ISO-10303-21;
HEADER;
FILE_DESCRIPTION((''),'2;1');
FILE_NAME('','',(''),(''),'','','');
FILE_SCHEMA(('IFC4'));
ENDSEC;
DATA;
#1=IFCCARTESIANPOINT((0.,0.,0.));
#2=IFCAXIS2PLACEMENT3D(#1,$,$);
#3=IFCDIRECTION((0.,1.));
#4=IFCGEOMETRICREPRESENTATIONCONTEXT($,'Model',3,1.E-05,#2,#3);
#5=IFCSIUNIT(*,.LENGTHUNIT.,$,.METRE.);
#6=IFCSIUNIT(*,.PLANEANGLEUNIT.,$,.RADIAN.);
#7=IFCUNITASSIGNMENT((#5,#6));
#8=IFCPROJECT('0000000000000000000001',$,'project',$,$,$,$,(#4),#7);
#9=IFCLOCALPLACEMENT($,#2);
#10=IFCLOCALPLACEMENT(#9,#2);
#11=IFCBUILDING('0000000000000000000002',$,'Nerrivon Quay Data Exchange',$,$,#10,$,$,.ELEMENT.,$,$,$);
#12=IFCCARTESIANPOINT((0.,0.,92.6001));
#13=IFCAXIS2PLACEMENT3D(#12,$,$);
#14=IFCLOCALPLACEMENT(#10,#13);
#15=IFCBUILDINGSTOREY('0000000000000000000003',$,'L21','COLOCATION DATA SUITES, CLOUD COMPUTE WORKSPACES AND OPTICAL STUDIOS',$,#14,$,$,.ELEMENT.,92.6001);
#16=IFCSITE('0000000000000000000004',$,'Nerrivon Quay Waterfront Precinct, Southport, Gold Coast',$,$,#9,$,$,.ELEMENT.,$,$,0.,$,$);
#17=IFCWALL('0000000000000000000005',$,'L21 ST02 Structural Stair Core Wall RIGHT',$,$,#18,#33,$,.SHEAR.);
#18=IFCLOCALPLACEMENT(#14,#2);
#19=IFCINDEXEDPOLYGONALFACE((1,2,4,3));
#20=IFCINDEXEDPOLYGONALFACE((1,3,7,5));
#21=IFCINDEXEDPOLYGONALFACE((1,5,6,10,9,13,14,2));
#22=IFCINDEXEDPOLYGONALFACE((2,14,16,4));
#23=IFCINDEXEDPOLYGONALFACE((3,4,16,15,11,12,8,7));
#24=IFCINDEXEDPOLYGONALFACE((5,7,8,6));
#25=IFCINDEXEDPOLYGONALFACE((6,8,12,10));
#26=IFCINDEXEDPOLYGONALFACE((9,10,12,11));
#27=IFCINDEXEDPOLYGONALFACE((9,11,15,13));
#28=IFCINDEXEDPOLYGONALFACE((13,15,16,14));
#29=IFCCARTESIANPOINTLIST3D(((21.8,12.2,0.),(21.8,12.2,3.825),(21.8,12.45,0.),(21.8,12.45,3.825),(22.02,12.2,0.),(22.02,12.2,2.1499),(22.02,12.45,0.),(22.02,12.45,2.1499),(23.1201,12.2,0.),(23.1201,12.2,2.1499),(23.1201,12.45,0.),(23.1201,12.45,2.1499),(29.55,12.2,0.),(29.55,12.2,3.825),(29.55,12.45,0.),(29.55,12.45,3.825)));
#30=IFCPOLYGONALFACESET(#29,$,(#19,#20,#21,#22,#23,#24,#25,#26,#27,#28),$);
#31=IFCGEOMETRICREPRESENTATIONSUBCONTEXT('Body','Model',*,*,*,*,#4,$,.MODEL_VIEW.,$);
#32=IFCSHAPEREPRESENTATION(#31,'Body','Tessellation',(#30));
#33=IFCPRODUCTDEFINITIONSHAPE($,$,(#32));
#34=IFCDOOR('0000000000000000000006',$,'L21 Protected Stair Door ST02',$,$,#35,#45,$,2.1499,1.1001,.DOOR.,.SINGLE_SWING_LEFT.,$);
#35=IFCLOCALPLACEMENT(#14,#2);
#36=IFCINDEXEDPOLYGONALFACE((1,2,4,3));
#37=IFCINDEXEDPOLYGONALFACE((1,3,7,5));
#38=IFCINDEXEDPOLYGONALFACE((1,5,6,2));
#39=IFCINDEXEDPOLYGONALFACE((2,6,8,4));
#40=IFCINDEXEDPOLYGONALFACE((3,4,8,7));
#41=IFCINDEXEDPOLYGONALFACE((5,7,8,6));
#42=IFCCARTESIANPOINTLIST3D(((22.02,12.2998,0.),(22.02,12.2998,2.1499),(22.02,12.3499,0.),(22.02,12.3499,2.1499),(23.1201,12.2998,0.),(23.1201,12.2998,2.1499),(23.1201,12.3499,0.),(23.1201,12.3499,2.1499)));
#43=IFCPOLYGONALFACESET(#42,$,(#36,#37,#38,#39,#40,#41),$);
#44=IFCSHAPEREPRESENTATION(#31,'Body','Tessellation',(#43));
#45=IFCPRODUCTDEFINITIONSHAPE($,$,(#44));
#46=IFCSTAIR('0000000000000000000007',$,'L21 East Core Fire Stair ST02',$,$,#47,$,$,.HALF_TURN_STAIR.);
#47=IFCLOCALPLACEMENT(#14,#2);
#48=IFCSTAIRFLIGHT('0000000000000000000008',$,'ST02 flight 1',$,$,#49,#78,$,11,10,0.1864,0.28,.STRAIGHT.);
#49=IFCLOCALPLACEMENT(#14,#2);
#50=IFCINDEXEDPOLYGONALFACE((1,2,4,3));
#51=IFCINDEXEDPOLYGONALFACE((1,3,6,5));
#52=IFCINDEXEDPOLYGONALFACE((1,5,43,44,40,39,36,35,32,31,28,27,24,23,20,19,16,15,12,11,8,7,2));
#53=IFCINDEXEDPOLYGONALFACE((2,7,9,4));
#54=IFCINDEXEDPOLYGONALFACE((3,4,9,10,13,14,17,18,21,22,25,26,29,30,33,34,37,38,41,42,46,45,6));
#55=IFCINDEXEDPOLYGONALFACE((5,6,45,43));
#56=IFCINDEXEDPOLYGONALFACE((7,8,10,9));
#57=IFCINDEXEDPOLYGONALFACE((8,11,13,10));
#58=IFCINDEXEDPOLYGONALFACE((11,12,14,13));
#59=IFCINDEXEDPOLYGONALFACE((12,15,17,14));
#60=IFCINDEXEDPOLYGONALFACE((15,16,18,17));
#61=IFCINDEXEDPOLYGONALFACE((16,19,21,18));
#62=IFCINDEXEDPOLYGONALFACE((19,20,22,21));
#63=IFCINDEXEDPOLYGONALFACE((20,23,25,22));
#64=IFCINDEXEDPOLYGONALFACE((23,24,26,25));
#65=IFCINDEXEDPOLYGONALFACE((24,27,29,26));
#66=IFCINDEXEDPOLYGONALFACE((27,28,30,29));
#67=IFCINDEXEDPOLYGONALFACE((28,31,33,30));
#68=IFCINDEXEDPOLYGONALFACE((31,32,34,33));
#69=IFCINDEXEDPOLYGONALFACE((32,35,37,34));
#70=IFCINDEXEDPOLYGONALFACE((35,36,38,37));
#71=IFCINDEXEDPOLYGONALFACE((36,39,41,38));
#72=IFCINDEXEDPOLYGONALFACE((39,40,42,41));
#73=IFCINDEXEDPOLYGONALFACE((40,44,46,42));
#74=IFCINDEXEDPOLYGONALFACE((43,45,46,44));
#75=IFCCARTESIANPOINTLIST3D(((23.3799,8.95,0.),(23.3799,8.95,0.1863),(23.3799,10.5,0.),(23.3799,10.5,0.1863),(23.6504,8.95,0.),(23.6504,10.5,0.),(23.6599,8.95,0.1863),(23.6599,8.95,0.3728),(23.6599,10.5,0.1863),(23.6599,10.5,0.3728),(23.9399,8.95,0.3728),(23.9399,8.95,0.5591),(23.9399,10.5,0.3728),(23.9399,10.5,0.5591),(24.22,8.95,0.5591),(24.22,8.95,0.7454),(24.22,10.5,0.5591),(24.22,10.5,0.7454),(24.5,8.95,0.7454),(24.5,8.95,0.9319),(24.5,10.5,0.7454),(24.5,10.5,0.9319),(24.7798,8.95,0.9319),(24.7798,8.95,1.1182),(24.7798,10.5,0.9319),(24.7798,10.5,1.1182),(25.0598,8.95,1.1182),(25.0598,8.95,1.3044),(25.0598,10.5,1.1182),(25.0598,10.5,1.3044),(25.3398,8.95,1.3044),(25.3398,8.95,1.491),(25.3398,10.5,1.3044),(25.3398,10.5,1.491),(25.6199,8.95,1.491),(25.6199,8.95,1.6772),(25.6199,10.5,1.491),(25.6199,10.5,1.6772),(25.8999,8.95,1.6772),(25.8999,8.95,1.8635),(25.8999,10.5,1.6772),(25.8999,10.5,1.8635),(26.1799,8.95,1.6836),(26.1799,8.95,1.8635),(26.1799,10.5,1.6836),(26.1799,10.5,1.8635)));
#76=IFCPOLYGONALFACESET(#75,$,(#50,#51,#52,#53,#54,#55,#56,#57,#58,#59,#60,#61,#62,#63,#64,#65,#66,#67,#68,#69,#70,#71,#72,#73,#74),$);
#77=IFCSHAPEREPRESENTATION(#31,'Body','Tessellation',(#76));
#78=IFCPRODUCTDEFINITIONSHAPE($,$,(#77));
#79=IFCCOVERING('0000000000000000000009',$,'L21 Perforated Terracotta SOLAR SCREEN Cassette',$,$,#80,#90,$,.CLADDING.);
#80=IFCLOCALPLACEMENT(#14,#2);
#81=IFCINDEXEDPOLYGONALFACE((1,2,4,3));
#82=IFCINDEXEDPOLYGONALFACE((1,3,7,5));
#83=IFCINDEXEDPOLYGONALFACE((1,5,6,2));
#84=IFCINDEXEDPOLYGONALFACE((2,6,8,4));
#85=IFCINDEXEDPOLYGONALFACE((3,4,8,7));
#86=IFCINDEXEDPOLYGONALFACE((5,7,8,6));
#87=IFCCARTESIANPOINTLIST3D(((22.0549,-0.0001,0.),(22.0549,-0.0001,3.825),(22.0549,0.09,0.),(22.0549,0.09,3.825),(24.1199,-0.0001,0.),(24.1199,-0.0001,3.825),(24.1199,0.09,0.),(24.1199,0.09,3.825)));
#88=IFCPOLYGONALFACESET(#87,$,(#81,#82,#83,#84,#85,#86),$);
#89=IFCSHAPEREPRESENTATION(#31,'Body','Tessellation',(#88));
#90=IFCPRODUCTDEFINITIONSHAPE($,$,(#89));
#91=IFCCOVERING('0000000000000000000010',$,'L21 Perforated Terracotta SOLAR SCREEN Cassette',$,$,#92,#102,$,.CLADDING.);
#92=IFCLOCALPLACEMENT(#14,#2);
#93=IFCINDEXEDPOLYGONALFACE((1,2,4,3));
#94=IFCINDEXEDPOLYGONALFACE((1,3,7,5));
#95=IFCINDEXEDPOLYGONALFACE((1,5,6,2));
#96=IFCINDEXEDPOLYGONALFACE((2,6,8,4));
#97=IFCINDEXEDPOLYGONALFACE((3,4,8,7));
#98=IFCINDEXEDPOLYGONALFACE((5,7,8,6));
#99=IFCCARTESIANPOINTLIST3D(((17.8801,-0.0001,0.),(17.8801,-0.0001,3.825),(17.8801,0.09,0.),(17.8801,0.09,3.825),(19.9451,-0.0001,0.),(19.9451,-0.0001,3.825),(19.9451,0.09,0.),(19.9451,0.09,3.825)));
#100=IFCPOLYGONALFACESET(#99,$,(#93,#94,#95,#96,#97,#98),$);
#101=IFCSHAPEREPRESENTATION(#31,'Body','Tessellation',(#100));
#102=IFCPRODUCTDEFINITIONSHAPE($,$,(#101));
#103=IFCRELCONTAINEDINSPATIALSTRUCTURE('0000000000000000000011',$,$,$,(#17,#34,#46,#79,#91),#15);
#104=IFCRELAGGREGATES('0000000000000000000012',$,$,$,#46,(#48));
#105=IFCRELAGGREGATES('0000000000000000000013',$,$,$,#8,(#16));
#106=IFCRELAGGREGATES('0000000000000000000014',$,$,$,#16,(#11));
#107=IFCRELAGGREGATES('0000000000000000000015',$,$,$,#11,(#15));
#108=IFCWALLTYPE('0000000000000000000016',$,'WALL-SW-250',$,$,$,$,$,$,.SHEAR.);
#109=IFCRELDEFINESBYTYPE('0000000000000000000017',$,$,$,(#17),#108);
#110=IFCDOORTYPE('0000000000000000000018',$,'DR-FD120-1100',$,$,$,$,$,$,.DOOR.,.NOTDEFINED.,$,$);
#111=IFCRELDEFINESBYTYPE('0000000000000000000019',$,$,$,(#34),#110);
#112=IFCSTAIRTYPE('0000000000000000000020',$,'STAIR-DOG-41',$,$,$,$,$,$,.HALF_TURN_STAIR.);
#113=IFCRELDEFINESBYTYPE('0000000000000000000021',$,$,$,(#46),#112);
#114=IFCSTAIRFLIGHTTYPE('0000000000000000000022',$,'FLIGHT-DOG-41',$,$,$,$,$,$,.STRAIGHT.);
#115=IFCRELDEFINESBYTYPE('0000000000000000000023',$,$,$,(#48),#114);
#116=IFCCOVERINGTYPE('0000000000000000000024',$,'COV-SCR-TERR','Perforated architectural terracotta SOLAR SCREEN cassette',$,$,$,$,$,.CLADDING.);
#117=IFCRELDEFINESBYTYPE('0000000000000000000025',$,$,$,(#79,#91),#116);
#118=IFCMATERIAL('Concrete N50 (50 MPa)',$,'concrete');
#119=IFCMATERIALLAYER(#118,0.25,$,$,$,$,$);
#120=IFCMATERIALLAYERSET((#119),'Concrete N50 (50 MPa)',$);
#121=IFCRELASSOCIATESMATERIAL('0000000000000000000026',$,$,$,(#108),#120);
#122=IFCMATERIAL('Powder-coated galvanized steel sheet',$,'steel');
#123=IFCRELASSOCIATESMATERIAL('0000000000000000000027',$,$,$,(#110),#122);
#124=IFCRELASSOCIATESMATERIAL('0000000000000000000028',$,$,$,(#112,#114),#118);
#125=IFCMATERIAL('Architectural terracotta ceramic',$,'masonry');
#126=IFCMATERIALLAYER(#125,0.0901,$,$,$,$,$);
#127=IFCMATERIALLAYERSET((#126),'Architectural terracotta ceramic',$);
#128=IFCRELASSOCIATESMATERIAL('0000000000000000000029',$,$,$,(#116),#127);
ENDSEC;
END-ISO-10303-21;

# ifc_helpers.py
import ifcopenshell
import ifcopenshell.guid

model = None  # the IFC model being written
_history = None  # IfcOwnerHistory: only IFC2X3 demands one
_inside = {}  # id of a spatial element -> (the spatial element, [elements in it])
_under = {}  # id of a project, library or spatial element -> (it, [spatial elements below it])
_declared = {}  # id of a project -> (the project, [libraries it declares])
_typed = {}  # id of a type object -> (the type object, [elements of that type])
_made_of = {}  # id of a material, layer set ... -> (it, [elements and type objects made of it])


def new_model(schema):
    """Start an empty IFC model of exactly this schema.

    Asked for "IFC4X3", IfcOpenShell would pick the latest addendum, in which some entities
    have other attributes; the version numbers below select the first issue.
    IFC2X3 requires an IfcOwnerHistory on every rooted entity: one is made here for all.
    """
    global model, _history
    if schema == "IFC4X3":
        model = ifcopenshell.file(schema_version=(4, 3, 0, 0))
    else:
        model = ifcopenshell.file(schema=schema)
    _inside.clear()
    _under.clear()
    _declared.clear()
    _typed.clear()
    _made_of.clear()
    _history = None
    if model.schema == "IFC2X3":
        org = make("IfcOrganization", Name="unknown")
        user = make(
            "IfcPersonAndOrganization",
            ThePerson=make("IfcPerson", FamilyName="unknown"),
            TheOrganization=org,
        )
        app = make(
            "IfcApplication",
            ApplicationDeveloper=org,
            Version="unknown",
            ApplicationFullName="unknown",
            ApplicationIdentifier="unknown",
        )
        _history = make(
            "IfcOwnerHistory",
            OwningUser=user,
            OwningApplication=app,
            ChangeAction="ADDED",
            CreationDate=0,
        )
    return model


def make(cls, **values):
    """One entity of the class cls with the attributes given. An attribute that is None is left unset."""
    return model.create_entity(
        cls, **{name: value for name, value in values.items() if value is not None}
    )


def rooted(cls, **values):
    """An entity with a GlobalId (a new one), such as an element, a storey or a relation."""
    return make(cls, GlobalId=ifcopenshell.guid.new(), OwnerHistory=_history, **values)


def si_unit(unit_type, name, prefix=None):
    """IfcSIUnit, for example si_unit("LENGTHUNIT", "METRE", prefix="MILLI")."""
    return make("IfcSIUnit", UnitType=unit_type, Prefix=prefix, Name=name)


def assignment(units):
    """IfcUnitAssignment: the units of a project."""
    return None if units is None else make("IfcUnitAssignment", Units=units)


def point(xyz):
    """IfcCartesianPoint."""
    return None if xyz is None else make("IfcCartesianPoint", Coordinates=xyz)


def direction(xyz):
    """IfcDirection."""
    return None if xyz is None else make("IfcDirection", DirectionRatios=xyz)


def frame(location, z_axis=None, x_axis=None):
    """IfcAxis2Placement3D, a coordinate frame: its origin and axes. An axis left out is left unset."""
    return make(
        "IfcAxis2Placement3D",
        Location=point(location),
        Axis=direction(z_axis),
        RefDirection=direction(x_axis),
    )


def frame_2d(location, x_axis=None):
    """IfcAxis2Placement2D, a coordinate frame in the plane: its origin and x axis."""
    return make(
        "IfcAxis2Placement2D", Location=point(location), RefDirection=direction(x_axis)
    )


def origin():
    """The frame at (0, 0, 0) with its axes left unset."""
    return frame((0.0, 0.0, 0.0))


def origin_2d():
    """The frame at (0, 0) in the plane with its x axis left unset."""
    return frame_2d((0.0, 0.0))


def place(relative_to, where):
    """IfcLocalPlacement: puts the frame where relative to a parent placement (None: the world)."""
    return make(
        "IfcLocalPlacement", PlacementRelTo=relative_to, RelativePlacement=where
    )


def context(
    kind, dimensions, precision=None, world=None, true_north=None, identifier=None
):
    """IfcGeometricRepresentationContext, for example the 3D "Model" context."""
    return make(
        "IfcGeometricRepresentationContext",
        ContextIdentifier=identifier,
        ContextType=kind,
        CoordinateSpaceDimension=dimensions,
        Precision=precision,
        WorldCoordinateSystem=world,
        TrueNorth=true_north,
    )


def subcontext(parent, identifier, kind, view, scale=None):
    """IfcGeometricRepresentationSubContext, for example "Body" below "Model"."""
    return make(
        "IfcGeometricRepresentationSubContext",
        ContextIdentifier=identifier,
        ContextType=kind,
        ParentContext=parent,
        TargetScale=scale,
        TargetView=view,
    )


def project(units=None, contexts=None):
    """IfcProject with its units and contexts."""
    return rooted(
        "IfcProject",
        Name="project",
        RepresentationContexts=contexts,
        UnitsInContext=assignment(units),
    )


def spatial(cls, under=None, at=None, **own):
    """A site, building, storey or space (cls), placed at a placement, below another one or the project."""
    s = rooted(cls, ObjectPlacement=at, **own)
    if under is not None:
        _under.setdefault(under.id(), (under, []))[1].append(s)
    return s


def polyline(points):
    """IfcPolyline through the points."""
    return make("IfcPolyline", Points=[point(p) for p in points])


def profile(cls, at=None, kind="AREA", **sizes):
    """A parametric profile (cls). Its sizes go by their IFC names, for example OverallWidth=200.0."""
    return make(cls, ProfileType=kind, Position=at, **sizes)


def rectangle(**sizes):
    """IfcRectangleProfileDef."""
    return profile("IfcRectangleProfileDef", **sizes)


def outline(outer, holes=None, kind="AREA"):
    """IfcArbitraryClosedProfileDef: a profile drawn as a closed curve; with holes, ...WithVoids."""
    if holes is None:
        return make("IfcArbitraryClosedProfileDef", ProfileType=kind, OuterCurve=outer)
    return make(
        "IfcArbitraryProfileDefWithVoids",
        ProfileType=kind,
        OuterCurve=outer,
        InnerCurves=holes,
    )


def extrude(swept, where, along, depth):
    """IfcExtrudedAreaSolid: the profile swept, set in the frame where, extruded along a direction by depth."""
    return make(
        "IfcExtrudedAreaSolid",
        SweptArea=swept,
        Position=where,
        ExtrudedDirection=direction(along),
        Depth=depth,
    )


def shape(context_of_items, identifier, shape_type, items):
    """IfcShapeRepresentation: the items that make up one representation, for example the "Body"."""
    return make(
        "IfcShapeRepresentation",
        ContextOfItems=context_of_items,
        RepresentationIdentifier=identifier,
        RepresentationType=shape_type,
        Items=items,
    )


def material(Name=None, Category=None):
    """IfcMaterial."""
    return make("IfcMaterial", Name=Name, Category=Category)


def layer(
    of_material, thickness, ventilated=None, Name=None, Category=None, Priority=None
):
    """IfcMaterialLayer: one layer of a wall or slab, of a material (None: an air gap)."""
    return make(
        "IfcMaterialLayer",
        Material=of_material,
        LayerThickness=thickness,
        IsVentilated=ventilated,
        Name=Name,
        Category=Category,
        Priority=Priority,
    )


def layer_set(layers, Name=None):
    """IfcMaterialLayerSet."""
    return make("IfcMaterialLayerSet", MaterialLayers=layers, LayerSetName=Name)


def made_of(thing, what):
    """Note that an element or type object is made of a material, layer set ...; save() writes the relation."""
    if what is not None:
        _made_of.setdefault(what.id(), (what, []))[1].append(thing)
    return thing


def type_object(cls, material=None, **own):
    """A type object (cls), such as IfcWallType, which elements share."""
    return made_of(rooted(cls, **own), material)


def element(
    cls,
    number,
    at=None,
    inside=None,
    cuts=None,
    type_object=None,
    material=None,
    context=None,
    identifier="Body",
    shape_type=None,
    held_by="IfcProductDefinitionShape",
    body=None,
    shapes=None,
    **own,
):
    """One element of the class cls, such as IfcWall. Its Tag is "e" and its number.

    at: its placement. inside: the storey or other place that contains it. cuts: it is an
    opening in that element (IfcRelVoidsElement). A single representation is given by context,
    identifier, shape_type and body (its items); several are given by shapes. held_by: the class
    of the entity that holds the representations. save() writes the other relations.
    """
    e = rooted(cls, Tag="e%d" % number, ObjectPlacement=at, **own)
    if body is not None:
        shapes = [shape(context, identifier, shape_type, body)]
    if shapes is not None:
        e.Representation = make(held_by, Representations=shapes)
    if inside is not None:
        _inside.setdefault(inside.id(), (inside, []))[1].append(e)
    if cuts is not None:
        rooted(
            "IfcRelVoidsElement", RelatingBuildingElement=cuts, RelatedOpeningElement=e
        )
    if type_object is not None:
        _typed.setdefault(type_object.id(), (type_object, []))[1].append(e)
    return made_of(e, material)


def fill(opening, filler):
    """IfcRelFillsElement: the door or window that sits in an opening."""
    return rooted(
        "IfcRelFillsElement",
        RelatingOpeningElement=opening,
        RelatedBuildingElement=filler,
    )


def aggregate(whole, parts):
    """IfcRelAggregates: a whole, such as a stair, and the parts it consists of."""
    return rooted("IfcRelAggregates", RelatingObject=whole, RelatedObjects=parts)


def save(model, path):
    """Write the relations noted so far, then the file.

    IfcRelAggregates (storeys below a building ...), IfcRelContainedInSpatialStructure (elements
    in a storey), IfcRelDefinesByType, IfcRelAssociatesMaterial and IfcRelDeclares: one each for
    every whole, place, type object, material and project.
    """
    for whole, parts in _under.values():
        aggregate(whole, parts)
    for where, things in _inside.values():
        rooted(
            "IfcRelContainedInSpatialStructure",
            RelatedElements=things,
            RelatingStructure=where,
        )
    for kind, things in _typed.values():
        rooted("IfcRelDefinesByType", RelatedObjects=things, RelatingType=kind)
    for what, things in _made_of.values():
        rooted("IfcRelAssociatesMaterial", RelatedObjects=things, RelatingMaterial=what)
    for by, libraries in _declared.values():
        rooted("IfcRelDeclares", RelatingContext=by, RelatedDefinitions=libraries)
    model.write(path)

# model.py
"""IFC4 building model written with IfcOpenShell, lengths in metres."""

from ifc_helpers import new_model, si_unit, direction, frame, frame_2d, origin, origin_2d, place, context, subcontext, project, spatial, polyline, rectangle, outline, extrude, material, layer, layer_set, type_object, element, fill, aggregate, save


model = new_model("IFC4")

# Units and contexts
model_context = context("Model", 3, precision=1e-05, world=origin(), true_north=direction((0.0, 1.0)))
body_context = subcontext(model_context, "Body", "Model", "MODEL_VIEW")
ifc_project = project(units=[si_unit("LENGTHUNIT", "METRE"), si_unit("PLANEANGLEUNIT", "RADIAN")], contexts=[model_context])

# Site, building, storey
site_placement = place(None, origin())
site = spatial("IfcSite", under=ifc_project, at=site_placement, Name="Nerrivon Quay Waterfront Precinct, Southport, Gold Coast", CompositionType="ELEMENT", RefElevation=0.0)
building_placement = place(site_placement, origin())
building = spatial("IfcBuilding", under=site, at=building_placement, Name="Nerrivon Quay Data Exchange", CompositionType="ELEMENT")
storey_placement = place(building_placement, frame((0.0, 0.0, 92.6001)))
storey = spatial("IfcBuildingStorey", under=building, at=storey_placement, Name="L21", Description="COLOCATION DATA SUITES, CLOUD COMPUTE WORKSPACES AND OPTICAL STUDIOS", CompositionType="ELEMENT", Elevation=92.6001)

# Shared definitions
ifc_material_1 = material(Name="Concrete N50 (50 MPa)", Category="concrete")

# Shared definitions
ifc_material_2 = material(Name="Powder-coated galvanized steel sheet", Category="steel")

# Shared definitions
ifc_layer_1 = layer(ifc_material_1, 0.25)
ifc_layer_set_1 = layer_set([ifc_layer_1], Name="Concrete N50 (50 MPa)")
wall_type_1 = type_object("IfcWallType", Name="WALL-SW-250", PredefinedType="SHEAR", material=ifc_layer_set_1)

# Wall, opening, door
wall_1_placement = place(storey_placement, frame((21.8, 12.325, 0.0), z_axis=(0.0, 0.0, 1.0), x_axis=(1.0, 0.0, 0.0)))
wall_1 = element("IfcWall", 1, at=wall_1_placement, inside=storey, type_object=wall_type_1, Name="L21 ST02 Structural Stair Core Wall RIGHT", PredefinedType="SHEAR", context=body_context, shape_type="SweptSolid", body=[
    extrude(rectangle(XDim=7.75, YDim=0.25, at=frame_2d((3.875, 0.0))), origin(), (0.0, 0.0, 1.0), 3.825),
])
opening_1_placement = place(wall_1_placement, frame((0.22, 0.0, 0.0)))
opening_1 = element("IfcOpeningElement", 2, at=opening_1_placement, cuts=wall_1, PredefinedType="OPENING", context=body_context, shape_type="SweptSolid", body=[
    extrude(rectangle(XDim=1.1001, YDim=2.1499, at=frame_2d((0.55, 1.075))), frame((0.0, 0.135, 0.0), z_axis=(0.0, -1.0, 0.0), x_axis=(1.0, 0.0, 0.0)), (0.0, 0.0, 1.0), 0.27),
])
door_type_1 = type_object("IfcDoorType", Name="DR-FD120-1100", OperationType="NOTDEFINED", PredefinedType="DOOR", material=ifc_material_2)
door_1_placement = place(opening_1_placement, origin())
door_1 = element("IfcDoor", 3, at=door_1_placement, inside=storey, type_object=door_type_1, Name="L21 Protected Stair Door ST02", OperationType="SINGLE_SWING_LEFT", OverallHeight=2.1499, OverallWidth=1.1001, PredefinedType="DOOR", context=body_context, shape_type="SweptSolid", body=[
    extrude(rectangle(XDim=1.1001, YDim=2.1499, at=frame_2d((0.55, 1.075))), frame((0.0, 0.0249, 0.0), z_axis=(0.0, -1.0, 0.0), x_axis=(1.0, 0.0, 0.0)), (0.0, 0.0, 1.0), 0.05),
])
fill(opening_1, door_1)

# Stair, stair flight
stair_type = type_object("IfcStairType", Name="STAIR-DOG-41", PredefinedType="HALF_TURN_STAIR", material=ifc_material_1)
stair_placement = place(storey_placement, origin())
stair = element("IfcStair", 4, at=stair_placement, inside=storey, type_object=stair_type, Name="L21 East Core Fire Stair ST02", PredefinedType="HALF_TURN_STAIR")
stair_flight_type = type_object("IfcStairFlightType", Name="FLIGHT-DOG-41", PredefinedType="STRAIGHT", material=ifc_material_1)
stair_flight_placement = place(storey_placement, frame((23.3799, 9.7251, 0.0), z_axis=(0.0, 0.0, 1.0), x_axis=(1.0, 0.0, 0.0)))
stair_flight = element("IfcStairFlight", 5, at=stair_flight_placement, type_object=stair_flight_type, Name="ST02 flight 1", NumberOfRisers=11, NumberOfTreads=10, PredefinedType="STRAIGHT", RiserHeight=0.1864, TreadLength=0.28, context=body_context, shape_type="SweptSolid", body=[
    extrude(outline(polyline([(0.0, 0.0), (0.0, 0.1863), (0.28, 0.1863), (0.28, 0.3728), (0.5601, 0.3728), (0.5601, 0.5591), (0.8401, 0.5591), (0.8401, 0.7454), (1.1201, 0.7454), (1.1201, 0.9319), (1.3999, 0.9319), (1.3999, 1.1182), (1.6799, 1.1182), (1.6799, 1.3044), (1.96, 1.3044), (1.96, 1.491), (2.24, 1.491), (2.24, 1.6772), (2.52, 1.6772), (2.52, 1.8635), (2.8, 1.8635), (2.8, 2.05), (2.8, 1.6836), (0.2705, 0.0), (0.0, 0.0)])), frame((0.0, 0.7749, 0.0), z_axis=(0.0, -1.0, 0.0), x_axis=(1.0, 0.0, 0.0)), (0.0, 0.0, 1.0), 1.55),
])
aggregate(stair, [stair_flight])

# Coverings
ifc_material_3 = material(Name="Architectural terracotta ceramic", Category="masonry")
ifc_layer_2 = layer(ifc_material_3, 0.0901)
ifc_layer_set_2 = layer_set([ifc_layer_2], Name="Architectural terracotta ceramic")
covering_type = type_object("IfcCoveringType", Name="COV-SCR-TERR", Description="Perforated architectural terracotta SOLAR SCREEN cassette", PredefinedType="CLADDING", material=ifc_layer_set_2)
for number, where, z_axis, x_axis, name in (
    (6, (23.0874, 0.0449, 0.0), (0.0, 0.0, 1.0), (-1.0, 0.0, 0.0), "L21 Perforated Terracotta SOLAR SCREEN Cassette"),
    (7, (18.9126, 0.0449, 0.0), (0.0, 0.0, 1.0), (-1.0, 0.0, 0.0), "L21 Perforated Terracotta SOLAR SCREEN Cassette"),
):
    element("IfcCovering", number, at=place(storey_placement, frame(where, z_axis=z_axis, x_axis=x_axis)), inside=storey, type_object=covering_type, Name=name, PredefinedType="CLADDING", context=body_context, shape_type="SweptSolid", body=[
        extrude(rectangle(XDim=2.0649, YDim=0.0901, at=origin_2d()), origin(), (0.0, 0.0, 1.0), 3.825),
    ])

save(model, "model.ifc")
